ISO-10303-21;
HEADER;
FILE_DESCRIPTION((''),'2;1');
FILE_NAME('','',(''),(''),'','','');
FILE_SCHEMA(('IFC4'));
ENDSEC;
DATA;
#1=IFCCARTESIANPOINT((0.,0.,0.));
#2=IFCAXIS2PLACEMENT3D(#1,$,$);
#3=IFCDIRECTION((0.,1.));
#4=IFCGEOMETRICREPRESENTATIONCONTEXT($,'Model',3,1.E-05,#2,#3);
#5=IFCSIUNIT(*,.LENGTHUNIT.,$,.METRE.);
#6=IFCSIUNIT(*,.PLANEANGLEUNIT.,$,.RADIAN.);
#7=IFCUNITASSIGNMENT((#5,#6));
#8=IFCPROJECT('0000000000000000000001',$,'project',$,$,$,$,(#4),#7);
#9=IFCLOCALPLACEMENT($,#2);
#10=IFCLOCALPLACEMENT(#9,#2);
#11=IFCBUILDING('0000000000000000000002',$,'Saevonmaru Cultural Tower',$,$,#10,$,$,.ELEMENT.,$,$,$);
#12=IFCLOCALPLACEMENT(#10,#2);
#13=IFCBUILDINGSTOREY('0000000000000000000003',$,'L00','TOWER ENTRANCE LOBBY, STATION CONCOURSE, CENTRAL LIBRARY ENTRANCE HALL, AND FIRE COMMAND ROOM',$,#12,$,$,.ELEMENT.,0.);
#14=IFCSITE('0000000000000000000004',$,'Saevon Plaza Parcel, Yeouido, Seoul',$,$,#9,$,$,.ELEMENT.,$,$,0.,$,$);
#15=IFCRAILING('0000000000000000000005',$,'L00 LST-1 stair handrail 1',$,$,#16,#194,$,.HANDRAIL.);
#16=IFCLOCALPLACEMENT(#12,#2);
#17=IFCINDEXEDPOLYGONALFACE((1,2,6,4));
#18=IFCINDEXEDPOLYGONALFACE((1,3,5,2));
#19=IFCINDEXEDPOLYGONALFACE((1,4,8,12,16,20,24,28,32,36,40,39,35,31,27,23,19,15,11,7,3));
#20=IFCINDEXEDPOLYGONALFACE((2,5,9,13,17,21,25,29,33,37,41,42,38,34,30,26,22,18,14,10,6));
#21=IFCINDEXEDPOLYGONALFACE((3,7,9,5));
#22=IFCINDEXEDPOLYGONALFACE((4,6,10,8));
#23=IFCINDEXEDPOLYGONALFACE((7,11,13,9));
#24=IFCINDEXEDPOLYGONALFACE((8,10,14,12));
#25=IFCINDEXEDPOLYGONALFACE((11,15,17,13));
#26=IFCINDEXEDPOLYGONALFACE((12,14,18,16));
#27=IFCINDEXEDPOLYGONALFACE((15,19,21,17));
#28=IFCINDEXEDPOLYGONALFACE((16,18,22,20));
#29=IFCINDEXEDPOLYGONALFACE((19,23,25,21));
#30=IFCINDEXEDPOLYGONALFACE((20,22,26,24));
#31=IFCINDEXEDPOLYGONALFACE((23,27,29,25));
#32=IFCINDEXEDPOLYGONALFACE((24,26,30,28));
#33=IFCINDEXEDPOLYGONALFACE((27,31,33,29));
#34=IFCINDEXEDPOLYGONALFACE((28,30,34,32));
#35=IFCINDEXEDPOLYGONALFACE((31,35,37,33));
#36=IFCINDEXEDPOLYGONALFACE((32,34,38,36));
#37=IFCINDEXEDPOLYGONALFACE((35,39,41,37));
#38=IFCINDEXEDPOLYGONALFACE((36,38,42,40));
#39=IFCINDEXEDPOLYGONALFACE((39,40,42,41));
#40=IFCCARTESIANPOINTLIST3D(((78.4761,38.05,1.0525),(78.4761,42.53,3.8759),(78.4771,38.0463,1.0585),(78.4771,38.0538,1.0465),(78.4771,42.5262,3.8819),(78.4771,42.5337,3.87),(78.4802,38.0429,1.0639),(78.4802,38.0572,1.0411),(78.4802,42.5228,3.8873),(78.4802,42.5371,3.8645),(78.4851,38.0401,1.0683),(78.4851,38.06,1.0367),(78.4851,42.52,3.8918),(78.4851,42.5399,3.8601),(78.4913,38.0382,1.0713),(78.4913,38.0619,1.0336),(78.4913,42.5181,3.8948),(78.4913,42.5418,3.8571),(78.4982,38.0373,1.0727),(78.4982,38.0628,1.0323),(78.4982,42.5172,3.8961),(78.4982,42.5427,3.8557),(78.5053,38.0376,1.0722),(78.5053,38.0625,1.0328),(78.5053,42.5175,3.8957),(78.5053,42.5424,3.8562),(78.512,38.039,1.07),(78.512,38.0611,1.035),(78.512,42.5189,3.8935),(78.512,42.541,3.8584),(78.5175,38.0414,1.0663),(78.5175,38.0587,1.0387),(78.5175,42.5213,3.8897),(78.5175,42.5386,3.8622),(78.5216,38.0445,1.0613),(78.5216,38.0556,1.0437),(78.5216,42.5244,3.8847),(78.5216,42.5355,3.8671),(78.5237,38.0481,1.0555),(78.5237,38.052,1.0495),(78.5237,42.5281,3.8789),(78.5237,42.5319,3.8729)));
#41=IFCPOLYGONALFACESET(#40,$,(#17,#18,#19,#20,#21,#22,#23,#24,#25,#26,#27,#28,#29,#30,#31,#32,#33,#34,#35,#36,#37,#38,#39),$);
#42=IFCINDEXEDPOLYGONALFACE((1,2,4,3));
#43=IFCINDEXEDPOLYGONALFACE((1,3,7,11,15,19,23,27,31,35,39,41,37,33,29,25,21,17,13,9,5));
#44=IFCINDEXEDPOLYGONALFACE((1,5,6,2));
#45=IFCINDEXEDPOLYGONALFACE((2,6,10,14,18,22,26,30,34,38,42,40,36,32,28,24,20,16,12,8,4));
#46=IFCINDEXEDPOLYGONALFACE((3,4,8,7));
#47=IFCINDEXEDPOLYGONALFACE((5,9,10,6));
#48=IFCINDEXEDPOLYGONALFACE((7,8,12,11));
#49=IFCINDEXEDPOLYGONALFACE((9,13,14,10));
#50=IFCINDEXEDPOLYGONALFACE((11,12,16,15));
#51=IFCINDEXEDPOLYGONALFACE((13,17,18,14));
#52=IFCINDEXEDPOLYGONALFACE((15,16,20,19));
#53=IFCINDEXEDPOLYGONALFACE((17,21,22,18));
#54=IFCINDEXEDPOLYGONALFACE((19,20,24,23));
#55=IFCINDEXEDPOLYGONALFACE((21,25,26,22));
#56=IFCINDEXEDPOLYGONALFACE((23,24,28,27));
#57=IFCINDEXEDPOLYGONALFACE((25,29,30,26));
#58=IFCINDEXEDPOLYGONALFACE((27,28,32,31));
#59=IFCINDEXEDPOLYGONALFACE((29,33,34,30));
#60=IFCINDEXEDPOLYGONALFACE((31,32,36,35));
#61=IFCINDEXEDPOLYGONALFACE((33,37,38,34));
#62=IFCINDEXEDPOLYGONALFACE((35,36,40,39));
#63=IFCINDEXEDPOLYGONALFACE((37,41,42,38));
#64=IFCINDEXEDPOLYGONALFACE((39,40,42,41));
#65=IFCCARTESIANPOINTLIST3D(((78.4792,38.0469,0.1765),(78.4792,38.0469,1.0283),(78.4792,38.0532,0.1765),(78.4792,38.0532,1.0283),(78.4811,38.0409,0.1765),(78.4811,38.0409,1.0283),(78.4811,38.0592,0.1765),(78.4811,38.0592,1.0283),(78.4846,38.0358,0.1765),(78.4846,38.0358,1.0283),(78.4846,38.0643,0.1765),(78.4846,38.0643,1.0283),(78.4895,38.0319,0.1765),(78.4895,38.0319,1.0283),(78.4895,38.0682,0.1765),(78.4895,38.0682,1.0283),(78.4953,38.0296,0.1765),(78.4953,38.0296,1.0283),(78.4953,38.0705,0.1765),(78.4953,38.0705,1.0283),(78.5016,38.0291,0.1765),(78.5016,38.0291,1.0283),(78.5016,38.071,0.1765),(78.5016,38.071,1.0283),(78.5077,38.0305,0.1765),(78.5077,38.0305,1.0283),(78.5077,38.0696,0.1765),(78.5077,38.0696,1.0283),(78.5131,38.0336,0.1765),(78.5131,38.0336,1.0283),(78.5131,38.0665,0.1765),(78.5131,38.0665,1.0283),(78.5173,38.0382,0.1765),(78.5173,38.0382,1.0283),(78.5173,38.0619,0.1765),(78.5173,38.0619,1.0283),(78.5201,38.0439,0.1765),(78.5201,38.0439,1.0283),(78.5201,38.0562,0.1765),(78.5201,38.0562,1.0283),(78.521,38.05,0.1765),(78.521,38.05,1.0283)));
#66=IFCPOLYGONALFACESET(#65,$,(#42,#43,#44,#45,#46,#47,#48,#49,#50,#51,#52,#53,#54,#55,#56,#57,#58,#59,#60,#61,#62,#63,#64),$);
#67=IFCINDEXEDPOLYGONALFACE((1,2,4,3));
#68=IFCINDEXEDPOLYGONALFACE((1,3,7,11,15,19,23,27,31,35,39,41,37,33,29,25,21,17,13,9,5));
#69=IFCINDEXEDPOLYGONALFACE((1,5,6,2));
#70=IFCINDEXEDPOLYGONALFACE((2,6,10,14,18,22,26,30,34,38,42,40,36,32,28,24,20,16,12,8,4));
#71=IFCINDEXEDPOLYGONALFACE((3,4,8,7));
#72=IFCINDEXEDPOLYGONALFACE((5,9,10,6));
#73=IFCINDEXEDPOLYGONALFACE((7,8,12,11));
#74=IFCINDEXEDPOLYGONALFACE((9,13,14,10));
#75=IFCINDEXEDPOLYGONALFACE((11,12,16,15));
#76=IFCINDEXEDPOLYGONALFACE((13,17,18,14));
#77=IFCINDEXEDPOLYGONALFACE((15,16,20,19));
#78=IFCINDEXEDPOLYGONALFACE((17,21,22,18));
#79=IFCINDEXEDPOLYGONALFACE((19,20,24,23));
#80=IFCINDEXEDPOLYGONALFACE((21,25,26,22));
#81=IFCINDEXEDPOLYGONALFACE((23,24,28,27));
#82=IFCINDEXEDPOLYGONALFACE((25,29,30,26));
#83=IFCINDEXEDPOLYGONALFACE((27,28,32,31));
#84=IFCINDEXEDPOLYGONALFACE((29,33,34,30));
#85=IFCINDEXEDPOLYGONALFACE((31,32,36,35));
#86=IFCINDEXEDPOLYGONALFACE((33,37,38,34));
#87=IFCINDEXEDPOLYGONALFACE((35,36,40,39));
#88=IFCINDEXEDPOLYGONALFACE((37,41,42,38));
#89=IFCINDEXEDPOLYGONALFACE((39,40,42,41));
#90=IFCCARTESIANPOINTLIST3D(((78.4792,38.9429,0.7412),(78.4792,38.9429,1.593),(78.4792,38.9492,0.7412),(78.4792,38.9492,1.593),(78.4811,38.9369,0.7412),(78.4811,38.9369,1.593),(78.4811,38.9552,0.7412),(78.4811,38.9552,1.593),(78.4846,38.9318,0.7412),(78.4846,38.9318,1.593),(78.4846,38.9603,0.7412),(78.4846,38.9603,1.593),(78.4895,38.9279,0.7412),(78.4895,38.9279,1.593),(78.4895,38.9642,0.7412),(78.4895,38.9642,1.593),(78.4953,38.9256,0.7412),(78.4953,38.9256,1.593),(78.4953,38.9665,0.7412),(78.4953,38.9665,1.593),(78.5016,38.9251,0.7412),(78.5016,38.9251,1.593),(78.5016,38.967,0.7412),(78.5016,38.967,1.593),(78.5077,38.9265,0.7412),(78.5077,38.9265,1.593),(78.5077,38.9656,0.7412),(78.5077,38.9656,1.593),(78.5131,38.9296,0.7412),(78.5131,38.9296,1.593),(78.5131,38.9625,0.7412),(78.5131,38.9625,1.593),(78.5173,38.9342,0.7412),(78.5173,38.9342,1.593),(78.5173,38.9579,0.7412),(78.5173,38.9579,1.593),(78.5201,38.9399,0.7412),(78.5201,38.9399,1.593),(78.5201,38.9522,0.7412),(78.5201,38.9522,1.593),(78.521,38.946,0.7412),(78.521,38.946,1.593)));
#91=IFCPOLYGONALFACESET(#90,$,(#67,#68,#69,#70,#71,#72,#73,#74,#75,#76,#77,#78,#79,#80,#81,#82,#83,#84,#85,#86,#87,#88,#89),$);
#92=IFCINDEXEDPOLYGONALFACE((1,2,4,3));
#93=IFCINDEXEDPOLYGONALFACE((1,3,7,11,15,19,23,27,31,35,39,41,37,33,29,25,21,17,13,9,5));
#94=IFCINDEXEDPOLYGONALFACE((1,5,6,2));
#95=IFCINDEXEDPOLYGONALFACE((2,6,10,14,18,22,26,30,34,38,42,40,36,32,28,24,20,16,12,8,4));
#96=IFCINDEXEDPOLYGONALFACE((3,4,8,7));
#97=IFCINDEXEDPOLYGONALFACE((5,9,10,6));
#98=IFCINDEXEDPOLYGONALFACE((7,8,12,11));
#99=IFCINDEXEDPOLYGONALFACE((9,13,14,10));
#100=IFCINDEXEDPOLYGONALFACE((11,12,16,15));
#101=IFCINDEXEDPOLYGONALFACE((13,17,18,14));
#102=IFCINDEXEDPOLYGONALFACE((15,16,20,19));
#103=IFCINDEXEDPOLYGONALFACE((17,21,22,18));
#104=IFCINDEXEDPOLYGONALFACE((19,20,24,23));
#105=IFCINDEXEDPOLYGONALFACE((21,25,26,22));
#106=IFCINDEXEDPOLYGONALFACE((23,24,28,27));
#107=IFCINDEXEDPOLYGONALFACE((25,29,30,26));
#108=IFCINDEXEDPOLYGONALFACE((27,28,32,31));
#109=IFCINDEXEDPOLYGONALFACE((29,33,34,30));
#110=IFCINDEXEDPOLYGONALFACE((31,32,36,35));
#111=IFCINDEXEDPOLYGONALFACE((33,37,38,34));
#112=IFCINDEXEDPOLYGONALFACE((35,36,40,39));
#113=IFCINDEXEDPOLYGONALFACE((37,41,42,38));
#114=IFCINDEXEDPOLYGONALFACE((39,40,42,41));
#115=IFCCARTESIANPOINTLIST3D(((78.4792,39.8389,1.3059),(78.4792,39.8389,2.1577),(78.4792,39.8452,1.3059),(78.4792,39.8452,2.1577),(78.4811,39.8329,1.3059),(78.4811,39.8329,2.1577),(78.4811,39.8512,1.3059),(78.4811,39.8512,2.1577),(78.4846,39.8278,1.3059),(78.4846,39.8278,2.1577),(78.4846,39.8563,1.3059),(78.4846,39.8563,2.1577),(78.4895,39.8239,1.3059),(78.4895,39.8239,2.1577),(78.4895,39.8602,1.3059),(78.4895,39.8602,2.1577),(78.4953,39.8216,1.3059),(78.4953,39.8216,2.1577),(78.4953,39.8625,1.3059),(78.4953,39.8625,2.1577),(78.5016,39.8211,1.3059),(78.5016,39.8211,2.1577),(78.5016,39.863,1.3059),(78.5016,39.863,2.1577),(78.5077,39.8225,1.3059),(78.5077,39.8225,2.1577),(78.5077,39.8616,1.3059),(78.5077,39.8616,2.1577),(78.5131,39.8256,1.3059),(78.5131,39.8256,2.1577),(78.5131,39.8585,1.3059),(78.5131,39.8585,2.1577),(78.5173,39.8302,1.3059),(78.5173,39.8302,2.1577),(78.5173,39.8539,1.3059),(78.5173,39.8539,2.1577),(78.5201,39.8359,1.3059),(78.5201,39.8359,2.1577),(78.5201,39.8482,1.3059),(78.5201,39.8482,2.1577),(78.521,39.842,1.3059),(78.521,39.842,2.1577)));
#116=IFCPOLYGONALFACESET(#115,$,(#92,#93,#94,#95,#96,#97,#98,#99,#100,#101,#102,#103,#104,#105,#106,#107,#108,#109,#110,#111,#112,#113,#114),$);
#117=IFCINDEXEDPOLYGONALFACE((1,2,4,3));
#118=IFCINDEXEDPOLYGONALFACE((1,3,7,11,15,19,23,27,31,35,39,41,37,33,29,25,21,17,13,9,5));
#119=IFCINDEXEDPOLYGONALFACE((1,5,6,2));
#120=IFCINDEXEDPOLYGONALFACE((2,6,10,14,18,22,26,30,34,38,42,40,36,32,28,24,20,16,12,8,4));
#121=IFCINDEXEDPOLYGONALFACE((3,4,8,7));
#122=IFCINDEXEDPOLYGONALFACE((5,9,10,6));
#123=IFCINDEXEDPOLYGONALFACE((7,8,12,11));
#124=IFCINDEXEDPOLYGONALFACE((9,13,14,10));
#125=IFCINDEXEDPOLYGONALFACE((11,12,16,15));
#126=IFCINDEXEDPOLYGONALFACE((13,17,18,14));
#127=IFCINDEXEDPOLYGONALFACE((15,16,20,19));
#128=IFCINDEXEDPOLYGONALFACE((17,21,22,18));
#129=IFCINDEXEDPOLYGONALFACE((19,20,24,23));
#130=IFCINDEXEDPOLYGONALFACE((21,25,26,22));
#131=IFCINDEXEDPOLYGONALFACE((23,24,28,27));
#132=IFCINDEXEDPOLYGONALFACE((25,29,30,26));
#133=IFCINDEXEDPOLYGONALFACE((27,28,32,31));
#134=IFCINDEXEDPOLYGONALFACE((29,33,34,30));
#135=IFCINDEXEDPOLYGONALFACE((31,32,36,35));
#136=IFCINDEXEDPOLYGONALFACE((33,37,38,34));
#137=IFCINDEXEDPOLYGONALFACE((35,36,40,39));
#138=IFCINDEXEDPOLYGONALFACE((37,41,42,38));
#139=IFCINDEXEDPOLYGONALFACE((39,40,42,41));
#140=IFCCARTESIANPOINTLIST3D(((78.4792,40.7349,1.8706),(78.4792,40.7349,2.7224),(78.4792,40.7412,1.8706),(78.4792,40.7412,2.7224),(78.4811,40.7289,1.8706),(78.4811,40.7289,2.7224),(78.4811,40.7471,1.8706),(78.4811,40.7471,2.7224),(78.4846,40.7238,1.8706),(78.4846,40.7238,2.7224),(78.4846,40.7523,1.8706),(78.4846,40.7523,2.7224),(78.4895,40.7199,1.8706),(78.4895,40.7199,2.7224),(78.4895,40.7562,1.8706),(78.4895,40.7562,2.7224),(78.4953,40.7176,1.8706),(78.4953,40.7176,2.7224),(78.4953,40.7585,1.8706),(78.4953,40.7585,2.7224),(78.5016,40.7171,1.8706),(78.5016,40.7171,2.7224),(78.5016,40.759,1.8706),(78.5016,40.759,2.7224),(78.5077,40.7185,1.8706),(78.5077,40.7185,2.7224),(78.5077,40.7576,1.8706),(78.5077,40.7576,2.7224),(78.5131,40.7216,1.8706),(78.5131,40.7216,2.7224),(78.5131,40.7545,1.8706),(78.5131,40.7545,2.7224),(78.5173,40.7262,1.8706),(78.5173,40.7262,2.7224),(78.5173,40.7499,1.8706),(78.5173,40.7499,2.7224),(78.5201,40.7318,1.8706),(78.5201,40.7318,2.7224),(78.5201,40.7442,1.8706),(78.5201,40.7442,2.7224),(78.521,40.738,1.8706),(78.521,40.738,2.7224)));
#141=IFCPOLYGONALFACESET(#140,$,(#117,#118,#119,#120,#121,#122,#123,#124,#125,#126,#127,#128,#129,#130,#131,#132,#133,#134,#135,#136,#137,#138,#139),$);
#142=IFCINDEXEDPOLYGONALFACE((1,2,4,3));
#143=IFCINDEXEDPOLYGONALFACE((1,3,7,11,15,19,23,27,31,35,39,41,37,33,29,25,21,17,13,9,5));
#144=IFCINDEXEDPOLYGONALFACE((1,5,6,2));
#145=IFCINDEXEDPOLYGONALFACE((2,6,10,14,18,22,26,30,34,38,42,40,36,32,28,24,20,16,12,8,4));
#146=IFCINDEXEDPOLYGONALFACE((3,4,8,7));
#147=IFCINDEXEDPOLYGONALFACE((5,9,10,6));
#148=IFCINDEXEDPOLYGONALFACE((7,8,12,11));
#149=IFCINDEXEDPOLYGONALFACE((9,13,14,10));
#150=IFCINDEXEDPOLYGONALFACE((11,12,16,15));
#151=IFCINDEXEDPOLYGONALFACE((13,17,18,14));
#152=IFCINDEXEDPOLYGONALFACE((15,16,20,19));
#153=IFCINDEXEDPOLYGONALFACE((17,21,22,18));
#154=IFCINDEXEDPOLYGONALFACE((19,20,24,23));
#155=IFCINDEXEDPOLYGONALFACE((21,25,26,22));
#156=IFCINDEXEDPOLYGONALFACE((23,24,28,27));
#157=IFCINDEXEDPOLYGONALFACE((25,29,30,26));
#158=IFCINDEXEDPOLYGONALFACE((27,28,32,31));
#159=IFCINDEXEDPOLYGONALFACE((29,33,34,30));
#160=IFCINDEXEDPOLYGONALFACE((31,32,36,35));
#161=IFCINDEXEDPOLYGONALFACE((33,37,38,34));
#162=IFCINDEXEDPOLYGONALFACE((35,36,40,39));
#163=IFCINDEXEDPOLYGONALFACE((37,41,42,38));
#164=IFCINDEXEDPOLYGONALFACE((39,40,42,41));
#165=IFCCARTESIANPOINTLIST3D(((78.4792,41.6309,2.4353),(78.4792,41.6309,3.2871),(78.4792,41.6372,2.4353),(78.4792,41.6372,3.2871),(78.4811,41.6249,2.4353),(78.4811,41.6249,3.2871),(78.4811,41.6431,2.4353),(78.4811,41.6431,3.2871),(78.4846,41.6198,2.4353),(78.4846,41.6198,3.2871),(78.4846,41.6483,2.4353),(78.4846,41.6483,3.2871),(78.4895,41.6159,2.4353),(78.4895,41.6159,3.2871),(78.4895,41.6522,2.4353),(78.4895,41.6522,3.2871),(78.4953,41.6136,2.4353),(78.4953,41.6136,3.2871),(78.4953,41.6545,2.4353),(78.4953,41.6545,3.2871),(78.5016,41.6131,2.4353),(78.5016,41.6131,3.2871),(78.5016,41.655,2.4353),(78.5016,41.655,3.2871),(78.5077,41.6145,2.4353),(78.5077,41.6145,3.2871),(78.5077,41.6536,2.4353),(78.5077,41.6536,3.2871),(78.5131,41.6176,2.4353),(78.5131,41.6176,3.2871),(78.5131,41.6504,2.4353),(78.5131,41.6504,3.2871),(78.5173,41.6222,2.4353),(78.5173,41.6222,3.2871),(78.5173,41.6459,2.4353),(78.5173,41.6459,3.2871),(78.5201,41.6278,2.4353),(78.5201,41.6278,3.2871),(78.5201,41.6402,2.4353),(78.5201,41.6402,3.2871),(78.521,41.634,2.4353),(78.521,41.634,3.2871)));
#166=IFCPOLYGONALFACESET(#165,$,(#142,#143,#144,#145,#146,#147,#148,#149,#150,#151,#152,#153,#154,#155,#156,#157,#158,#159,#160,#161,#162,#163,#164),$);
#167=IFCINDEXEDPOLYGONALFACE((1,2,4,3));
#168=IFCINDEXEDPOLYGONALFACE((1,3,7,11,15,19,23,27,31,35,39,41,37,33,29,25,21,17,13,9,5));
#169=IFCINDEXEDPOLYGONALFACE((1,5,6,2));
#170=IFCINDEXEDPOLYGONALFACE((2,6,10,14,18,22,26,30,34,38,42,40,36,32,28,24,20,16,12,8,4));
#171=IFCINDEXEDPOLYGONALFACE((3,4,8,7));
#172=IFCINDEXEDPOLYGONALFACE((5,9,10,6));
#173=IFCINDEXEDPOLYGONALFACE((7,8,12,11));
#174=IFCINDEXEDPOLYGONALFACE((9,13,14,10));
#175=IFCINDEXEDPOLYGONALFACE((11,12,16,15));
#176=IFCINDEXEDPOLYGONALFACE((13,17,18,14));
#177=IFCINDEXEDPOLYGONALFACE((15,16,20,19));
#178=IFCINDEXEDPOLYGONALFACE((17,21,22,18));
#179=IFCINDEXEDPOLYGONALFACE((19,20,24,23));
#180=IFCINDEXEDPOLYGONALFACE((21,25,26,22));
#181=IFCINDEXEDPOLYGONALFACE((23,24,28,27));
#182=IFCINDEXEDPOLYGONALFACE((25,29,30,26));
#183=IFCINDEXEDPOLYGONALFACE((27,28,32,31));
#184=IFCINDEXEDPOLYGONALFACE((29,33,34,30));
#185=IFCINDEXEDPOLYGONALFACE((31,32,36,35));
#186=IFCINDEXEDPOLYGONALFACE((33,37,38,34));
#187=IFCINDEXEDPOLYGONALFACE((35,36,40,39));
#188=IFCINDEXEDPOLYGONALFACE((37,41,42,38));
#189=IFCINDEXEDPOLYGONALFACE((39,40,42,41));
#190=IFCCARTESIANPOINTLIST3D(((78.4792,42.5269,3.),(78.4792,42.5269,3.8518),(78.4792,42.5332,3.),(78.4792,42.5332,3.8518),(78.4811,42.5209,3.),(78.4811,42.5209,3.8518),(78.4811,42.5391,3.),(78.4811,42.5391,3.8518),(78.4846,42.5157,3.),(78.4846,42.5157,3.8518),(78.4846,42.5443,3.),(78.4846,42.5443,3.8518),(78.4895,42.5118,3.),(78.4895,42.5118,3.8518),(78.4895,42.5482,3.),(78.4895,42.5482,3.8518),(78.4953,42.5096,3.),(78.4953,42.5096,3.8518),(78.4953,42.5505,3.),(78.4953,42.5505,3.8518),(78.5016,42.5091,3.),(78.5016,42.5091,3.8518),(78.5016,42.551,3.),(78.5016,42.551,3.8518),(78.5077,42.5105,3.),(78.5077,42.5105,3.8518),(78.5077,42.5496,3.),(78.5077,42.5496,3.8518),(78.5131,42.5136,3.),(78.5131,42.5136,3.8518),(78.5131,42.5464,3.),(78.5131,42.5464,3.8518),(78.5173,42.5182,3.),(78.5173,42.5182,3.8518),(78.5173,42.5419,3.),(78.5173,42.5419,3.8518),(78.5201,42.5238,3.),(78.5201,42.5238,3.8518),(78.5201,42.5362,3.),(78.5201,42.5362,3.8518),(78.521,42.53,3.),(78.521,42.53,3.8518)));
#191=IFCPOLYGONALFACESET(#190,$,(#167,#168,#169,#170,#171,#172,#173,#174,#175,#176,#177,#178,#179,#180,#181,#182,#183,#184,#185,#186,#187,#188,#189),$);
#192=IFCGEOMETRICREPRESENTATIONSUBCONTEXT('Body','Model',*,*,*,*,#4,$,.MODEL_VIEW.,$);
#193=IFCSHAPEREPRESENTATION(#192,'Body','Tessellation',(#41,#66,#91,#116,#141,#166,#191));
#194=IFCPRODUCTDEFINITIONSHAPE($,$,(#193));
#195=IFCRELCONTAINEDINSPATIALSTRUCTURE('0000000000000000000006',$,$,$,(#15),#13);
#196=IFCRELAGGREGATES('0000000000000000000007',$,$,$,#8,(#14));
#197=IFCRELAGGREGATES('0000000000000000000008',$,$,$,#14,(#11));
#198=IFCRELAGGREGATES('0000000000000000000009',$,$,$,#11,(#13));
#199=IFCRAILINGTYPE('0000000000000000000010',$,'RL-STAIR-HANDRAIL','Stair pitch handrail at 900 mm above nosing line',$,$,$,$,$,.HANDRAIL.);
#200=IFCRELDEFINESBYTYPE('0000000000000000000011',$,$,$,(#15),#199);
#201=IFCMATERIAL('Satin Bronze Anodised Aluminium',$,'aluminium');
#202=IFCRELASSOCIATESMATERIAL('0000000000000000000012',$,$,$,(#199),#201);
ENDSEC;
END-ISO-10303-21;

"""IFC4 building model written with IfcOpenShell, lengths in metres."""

from ifc_helpers import new_model, si_unit, direction, frame, origin, origin_2d, place, context, subcontext, project, spatial, circle, extrude, material, type_object, element, save


model = new_model("IFC4")

# Units and contexts
model_context = context("Model", 3, precision=1e-05, world=origin(), true_north=direction((0.0, 1.0)))
body_context = subcontext(model_context, "Body", "Model", "MODEL_VIEW")
ifc_project = project(units=[si_unit("LENGTHUNIT", "METRE"), si_unit("PLANEANGLEUNIT", "RADIAN")], contexts=[model_context])

# Site, building, storey
site_placement = place(None, origin())
site = spatial("IfcSite", under=ifc_project, at=site_placement, Name="Saevon Plaza Parcel, Yeouido, Seoul", CompositionType="ELEMENT", RefElevation=0.0)
building_placement = place(site_placement, origin())
building = spatial("IfcBuilding", under=site, at=building_placement, Name="Saevonmaru Cultural Tower", CompositionType="ELEMENT")
storey_placement = place(building_placement, origin())
storey = spatial("IfcBuildingStorey", under=building, at=storey_placement, Name="L00", Description="TOWER ENTRANCE LOBBY, STATION CONCOURSE, CENTRAL LIBRARY ENTRANCE HALL, AND FIRE COMMAND ROOM", CompositionType="ELEMENT", Elevation=0.0)

# Shared definitions
ifc_material_1 = material(Name="Satin Bronze Anodised Aluminium", Category="aluminium")

# Railing
railing_type_1 = type_object("IfcRailingType", Name="RL-STAIR-HANDRAIL", Description="Stair pitch handrail at 900 mm above nosing line", PredefinedType="HANDRAIL", material=ifc_material_1)
railing_1_placement = place(storey_placement, frame((78.5, 38.05, 0.1765)))
element("IfcRailing", 1, at=railing_1_placement, inside=storey, type_object=railing_type_1, Name="L00 LST-1 stair handrail 1", PredefinedType="HANDRAIL", context=body_context, shape_type="SweptSolid", body=[
    extrude(circle(Radius=0.0239, at=origin_2d()), frame((0.0, 0.0, 0.876), z_axis=(0.0, 0.845998, 0.533186), x_axis=(-1.0, 0.0, 0.0)), (0.0, 0.0, 1.0), 5.2954),
    extrude(circle(Radius=0.021, at=origin_2d()), origin(), (0.0, 0.0, 1.0), 0.8518),
    extrude(circle(Radius=0.021, at=origin_2d()), frame((0.0, 0.896, 0.5647)), (0.0, 0.0, 1.0), 0.8518),
    extrude(circle(Radius=0.021, at=origin_2d()), frame((0.0, 1.792, 1.1294)), (0.0, 0.0, 1.0), 0.8518),
    extrude(circle(Radius=0.021, at=origin_2d()), frame((0.0, 2.688, 1.6941)), (0.0, 0.0, 1.0), 0.8518),
    extrude(circle(Radius=0.021, at=origin_2d()), frame((0.0, 3.584, 2.2588)), (0.0, 0.0, 1.0), 0.8518),
    extrude(circle(Radius=0.021, at=origin_2d()), frame((0.0, 4.48, 2.8235)), (0.0, 0.0, 1.0), 0.8518),
])

save(model, "model.ifc")
